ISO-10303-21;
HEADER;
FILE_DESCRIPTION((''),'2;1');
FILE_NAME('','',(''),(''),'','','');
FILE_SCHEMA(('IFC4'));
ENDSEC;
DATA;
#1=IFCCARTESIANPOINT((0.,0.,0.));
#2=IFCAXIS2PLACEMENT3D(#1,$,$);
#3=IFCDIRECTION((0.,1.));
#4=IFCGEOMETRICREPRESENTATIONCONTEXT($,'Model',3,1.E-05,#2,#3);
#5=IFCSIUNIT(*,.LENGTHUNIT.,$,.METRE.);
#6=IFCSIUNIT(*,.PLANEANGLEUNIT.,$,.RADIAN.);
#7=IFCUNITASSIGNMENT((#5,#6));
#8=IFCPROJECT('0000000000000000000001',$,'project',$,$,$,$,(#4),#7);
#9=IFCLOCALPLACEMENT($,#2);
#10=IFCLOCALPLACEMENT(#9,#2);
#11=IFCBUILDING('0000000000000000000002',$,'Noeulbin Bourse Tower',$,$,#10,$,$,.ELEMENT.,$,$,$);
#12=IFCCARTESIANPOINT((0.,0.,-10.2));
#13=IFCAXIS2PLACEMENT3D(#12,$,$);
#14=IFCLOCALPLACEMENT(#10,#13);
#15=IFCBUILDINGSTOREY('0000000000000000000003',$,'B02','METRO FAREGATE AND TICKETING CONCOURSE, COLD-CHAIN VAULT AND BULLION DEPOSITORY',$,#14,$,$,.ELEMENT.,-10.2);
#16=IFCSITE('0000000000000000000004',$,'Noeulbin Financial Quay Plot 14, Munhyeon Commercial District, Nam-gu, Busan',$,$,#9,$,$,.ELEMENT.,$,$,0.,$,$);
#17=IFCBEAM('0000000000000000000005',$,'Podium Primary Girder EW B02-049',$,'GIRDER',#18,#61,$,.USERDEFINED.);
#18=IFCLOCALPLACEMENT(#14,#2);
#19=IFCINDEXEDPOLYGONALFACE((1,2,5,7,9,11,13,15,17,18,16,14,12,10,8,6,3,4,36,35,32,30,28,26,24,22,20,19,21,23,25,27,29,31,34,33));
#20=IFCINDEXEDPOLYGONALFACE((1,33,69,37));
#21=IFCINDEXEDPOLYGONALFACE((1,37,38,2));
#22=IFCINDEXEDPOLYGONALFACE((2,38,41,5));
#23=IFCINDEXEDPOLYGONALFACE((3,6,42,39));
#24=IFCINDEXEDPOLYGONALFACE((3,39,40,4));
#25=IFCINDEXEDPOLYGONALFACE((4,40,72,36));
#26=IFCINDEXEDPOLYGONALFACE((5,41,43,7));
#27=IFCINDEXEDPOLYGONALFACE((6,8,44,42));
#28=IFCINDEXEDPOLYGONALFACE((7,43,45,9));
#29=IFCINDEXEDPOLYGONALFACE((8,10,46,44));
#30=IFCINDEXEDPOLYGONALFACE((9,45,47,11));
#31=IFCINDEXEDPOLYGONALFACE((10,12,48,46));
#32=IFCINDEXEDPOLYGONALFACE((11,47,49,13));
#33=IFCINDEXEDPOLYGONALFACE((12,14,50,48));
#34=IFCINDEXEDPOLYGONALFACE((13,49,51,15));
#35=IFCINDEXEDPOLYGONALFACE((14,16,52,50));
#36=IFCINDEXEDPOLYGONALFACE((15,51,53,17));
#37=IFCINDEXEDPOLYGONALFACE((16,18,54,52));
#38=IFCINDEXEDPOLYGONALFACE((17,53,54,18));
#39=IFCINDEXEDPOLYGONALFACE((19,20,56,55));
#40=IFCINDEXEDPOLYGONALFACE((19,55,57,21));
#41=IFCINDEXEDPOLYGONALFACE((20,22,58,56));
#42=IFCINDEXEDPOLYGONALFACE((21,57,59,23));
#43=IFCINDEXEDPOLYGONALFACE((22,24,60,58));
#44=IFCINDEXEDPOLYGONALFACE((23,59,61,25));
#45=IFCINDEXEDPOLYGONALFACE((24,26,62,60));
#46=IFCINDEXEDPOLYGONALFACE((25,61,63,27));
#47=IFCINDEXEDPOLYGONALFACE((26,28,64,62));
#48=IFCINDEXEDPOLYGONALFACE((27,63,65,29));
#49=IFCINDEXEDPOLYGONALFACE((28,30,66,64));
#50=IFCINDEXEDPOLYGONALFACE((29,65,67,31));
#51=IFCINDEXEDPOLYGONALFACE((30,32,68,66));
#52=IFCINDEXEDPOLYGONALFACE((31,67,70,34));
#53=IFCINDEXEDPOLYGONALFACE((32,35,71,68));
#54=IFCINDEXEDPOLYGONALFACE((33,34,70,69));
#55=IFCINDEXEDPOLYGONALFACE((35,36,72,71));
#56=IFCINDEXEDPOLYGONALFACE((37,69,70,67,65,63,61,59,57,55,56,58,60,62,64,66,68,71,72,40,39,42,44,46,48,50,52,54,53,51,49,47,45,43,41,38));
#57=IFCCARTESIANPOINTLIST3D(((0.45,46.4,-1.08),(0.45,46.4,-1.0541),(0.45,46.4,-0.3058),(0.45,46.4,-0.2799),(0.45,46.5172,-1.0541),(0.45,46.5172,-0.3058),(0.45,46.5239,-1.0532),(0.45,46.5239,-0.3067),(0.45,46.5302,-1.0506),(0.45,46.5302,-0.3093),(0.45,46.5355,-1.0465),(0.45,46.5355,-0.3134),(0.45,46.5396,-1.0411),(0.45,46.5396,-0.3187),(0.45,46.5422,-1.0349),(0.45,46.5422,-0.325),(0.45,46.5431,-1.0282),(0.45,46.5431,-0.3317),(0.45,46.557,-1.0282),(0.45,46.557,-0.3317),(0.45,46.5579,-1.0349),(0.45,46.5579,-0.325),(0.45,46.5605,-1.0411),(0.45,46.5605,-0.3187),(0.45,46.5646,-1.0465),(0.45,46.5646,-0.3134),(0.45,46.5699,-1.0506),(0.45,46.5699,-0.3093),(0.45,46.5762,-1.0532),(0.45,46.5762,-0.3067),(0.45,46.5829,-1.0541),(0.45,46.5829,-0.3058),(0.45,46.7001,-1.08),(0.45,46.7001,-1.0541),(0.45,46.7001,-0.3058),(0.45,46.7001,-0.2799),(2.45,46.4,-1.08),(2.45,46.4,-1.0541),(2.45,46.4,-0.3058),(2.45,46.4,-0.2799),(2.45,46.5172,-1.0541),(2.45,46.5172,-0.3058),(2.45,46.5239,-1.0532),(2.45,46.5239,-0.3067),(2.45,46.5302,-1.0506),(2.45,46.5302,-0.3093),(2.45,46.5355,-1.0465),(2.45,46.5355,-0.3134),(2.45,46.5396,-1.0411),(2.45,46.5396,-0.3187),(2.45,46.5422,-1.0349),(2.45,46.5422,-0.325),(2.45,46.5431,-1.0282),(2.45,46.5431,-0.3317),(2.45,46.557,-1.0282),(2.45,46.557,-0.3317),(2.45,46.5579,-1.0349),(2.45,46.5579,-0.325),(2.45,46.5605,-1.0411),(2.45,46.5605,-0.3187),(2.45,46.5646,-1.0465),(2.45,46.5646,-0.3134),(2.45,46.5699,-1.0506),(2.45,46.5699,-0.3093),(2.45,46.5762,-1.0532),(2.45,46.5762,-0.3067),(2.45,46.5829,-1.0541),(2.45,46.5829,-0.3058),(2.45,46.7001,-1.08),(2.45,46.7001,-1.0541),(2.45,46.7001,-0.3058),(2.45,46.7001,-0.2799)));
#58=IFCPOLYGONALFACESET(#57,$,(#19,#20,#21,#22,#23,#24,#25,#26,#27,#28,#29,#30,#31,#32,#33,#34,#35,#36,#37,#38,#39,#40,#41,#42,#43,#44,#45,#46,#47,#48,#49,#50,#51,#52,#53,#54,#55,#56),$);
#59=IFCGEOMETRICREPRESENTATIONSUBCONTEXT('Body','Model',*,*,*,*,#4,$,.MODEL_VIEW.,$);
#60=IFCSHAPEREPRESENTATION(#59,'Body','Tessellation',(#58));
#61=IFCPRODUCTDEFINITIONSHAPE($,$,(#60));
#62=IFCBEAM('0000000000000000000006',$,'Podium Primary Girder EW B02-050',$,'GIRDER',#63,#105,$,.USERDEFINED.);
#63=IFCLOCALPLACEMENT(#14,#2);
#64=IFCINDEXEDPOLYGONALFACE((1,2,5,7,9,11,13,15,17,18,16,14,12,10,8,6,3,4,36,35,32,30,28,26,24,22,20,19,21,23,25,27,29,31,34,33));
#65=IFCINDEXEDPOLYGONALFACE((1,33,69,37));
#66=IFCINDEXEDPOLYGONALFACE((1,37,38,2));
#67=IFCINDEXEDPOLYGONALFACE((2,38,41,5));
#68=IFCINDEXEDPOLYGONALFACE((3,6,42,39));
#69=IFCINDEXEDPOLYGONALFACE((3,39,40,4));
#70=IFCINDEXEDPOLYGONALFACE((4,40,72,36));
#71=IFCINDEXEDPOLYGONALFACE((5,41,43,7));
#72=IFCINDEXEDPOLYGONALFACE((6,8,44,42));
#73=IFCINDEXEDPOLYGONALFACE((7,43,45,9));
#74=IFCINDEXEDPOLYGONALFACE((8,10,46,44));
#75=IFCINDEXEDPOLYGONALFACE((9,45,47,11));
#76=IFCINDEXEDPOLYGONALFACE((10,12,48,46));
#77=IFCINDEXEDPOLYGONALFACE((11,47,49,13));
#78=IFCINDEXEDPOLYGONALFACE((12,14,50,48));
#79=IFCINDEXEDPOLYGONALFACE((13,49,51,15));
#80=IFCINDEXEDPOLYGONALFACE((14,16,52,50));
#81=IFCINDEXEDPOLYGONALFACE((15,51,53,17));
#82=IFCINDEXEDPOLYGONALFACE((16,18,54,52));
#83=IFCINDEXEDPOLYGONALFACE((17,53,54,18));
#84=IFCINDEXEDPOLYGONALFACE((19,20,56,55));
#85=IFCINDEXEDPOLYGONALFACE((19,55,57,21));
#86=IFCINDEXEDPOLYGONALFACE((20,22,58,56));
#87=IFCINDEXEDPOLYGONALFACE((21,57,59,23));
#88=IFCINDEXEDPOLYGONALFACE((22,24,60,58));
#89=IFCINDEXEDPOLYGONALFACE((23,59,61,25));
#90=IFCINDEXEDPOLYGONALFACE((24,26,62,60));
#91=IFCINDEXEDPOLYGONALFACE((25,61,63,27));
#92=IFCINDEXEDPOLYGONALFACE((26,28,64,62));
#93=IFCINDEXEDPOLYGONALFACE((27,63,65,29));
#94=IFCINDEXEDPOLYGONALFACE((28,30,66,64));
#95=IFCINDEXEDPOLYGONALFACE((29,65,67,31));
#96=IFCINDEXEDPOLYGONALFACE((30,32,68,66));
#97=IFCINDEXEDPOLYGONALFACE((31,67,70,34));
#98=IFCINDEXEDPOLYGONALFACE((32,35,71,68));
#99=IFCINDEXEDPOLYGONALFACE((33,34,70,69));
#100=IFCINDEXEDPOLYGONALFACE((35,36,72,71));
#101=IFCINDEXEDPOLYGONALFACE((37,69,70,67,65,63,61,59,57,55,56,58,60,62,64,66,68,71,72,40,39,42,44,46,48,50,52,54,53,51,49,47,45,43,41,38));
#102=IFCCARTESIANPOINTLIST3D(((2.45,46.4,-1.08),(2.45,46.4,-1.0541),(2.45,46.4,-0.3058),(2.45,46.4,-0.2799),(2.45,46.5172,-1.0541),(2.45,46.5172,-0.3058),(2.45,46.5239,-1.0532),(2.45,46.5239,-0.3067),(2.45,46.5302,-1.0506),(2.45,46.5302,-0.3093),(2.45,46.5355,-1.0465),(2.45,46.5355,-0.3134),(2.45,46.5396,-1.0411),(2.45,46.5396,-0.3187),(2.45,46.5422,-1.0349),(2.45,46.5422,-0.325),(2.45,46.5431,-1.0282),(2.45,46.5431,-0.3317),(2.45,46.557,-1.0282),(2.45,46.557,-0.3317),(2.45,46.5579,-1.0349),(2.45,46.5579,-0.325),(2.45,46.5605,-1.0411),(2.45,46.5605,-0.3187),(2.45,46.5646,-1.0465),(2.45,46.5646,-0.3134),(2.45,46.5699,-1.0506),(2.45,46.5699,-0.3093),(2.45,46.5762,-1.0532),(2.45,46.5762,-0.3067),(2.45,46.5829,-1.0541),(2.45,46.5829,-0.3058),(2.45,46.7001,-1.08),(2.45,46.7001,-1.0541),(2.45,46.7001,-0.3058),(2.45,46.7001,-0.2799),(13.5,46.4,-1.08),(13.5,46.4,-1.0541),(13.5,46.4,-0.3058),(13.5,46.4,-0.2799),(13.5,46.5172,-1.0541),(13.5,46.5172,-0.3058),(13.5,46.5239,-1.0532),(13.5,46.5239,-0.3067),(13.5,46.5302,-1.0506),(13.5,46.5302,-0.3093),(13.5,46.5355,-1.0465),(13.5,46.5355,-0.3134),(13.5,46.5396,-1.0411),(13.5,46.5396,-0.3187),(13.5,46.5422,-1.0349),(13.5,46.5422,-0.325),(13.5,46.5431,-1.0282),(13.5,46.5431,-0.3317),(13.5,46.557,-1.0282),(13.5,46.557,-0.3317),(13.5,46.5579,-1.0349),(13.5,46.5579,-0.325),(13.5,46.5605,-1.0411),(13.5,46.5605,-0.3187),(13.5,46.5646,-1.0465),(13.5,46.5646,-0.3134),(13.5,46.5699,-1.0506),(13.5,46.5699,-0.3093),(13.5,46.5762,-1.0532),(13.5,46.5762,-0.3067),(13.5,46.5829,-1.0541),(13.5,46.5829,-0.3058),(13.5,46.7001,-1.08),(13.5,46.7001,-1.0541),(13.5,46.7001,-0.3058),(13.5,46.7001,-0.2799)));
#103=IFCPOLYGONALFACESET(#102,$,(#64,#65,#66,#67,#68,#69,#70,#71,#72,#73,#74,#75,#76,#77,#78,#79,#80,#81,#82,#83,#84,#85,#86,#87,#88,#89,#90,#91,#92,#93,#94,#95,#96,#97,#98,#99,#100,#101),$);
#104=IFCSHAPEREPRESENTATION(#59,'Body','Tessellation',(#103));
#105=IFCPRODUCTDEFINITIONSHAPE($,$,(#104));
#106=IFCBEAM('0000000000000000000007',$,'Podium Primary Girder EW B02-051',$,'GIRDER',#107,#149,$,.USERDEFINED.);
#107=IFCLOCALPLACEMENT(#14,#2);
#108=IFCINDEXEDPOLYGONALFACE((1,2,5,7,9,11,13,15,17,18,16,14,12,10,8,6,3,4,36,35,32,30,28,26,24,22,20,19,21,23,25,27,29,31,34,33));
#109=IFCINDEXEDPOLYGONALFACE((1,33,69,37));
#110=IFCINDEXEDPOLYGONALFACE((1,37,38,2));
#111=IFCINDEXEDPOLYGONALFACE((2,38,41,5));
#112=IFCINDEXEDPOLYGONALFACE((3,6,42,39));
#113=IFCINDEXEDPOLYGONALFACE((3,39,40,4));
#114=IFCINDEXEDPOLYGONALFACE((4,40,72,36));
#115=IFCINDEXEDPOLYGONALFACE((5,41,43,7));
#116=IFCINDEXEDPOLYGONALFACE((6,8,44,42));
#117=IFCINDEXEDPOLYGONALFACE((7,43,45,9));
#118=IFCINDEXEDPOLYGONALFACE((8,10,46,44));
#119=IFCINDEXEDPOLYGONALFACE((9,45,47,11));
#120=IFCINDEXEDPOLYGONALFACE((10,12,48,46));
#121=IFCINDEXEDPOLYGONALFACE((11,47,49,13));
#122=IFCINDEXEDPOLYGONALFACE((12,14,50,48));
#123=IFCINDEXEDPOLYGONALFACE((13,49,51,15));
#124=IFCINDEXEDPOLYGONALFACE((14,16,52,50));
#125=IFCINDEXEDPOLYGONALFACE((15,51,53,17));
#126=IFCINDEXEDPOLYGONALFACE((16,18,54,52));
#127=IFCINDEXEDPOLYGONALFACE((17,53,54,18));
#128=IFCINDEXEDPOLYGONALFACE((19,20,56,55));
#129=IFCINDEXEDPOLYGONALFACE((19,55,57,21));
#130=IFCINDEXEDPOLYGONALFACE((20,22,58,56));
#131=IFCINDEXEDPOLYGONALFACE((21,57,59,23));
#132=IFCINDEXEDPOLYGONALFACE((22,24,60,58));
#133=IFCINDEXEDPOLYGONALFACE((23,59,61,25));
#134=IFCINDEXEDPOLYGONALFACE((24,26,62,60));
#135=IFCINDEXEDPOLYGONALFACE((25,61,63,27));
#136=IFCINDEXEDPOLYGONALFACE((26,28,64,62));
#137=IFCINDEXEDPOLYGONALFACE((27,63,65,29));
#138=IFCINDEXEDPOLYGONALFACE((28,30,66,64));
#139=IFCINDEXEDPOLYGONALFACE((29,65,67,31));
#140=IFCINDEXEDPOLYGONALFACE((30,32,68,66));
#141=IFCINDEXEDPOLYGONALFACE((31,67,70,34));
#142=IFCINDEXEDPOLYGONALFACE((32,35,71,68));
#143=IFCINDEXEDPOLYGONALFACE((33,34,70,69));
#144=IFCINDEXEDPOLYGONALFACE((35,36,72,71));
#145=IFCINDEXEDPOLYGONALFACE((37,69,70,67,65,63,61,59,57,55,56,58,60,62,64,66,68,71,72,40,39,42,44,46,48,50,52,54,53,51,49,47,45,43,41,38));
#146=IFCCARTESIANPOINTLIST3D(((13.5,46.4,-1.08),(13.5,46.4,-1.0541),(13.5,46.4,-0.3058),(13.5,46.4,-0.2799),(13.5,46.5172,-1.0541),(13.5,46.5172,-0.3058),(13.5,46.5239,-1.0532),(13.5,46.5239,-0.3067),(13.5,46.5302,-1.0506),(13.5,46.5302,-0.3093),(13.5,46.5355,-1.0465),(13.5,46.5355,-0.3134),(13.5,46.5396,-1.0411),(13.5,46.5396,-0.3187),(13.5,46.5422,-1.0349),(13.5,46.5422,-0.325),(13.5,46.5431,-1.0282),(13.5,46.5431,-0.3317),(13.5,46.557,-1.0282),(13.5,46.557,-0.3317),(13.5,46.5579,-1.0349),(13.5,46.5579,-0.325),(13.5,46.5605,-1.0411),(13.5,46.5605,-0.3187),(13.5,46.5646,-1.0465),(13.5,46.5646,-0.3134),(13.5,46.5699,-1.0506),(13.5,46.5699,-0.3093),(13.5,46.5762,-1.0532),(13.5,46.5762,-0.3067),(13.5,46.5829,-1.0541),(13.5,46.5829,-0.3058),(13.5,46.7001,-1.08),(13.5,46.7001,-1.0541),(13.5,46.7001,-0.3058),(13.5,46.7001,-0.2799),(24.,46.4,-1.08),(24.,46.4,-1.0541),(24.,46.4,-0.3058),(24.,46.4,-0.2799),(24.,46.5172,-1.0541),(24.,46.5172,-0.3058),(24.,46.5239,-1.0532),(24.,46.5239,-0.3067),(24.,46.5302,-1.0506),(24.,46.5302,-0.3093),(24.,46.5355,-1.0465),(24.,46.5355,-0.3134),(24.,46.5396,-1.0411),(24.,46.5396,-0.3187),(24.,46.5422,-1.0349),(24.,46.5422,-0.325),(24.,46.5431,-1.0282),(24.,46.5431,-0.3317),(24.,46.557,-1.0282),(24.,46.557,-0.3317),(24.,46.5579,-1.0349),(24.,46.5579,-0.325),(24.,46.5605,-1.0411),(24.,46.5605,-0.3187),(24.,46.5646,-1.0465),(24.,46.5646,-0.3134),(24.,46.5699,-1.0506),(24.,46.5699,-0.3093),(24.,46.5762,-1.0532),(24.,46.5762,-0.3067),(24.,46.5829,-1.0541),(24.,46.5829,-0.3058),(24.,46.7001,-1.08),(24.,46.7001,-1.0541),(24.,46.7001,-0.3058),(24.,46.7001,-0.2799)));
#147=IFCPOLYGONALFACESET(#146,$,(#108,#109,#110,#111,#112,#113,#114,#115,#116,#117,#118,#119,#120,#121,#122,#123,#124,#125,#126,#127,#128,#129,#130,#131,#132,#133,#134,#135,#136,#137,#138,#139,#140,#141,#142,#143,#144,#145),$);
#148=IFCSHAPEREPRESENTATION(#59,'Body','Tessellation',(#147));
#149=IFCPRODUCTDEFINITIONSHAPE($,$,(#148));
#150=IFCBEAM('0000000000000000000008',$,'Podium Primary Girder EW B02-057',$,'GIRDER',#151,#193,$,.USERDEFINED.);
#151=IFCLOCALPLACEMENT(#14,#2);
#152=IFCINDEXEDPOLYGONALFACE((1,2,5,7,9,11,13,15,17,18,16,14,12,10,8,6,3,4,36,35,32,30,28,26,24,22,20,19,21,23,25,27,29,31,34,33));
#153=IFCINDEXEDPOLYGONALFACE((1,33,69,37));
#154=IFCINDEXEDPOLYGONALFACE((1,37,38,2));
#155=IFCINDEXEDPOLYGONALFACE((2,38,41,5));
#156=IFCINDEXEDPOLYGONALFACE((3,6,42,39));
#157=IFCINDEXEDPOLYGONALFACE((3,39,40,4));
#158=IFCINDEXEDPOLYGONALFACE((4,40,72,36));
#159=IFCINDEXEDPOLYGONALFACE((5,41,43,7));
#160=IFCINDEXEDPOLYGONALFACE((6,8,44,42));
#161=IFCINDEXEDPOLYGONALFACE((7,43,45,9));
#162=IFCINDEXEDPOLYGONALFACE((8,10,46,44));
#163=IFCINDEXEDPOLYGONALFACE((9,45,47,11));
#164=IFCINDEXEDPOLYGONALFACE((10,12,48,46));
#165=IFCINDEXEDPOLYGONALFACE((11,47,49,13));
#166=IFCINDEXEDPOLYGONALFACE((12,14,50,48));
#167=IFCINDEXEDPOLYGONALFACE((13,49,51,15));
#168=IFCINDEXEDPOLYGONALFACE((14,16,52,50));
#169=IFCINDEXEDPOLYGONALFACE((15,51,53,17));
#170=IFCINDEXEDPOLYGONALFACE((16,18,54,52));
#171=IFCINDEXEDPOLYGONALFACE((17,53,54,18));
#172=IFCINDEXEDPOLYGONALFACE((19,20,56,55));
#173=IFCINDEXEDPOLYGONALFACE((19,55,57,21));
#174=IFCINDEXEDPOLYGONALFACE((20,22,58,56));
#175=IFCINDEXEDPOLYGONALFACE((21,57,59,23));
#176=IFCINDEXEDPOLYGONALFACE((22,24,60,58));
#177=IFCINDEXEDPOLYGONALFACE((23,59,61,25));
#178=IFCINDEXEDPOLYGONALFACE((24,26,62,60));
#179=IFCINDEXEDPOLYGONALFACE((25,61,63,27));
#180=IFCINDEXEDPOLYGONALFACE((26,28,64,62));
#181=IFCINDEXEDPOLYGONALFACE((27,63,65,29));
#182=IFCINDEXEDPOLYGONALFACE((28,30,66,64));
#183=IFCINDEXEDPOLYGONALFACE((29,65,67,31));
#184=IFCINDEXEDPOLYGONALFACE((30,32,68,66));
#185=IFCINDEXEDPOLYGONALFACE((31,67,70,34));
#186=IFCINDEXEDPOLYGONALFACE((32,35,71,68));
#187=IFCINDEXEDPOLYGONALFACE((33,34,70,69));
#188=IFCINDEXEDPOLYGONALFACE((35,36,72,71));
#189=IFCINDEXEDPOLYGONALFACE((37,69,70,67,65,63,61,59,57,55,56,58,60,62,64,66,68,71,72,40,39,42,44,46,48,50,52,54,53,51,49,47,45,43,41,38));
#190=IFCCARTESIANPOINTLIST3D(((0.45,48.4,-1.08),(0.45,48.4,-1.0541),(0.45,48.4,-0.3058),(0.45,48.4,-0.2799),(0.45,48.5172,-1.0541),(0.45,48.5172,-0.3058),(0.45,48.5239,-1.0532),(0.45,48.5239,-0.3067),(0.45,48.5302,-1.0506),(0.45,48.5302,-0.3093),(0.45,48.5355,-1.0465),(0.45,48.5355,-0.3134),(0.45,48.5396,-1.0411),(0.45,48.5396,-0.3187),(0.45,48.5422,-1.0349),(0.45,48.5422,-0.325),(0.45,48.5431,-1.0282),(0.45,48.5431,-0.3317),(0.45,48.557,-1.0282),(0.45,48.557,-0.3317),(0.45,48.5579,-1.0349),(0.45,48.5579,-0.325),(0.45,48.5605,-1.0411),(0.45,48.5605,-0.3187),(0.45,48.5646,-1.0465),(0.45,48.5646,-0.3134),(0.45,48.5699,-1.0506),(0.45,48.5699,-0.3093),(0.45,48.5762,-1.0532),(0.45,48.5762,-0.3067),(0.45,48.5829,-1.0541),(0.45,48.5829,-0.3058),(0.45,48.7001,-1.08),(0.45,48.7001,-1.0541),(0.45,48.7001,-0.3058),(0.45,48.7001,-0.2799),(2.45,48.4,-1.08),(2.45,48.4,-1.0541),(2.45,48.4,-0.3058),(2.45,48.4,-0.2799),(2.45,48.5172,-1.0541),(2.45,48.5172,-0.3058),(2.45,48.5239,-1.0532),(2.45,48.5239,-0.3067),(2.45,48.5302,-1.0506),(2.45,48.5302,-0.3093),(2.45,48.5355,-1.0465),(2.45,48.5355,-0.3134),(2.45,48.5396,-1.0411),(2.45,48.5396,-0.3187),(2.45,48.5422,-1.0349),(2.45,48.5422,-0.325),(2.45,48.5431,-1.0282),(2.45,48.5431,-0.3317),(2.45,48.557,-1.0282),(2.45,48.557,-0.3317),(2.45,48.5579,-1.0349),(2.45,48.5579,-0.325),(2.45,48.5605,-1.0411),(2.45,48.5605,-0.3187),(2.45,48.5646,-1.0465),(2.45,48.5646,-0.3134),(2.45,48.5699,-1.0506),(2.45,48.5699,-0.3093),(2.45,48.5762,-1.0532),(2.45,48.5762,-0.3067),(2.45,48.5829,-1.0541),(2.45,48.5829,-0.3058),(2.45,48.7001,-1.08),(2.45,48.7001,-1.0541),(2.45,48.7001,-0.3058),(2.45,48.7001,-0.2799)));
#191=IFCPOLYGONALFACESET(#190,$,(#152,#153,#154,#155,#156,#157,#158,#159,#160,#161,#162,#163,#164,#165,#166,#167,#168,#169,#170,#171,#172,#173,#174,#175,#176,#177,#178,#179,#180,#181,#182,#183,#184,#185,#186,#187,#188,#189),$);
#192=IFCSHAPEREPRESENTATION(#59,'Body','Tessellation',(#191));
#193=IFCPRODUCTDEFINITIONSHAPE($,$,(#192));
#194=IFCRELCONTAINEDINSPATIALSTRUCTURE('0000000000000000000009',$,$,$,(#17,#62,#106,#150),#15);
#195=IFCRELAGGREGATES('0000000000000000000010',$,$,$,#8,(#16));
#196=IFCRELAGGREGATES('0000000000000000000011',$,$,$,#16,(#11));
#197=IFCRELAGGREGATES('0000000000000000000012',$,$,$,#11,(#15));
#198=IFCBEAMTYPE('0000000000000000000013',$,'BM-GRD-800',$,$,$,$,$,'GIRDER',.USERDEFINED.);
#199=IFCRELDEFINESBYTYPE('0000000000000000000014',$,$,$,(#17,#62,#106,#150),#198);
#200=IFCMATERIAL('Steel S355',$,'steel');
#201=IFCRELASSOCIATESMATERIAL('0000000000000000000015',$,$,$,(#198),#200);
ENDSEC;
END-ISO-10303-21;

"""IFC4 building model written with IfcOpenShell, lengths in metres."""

from ifc_helpers import new_model, si_unit, direction, frame, origin, origin_2d, place, context, subcontext, project, spatial, i_section, extrude, material, material_profile, profile_set, type_object, element, save


model = new_model("IFC4")

# Units and contexts
model_context = context("Model", 3, precision=1e-05, world=origin(), true_north=direction((0.0, 1.0)))
body_context = subcontext(model_context, "Body", "Model", "MODEL_VIEW")
ifc_project = project(units=[si_unit("LENGTHUNIT", "METRE"), si_unit("PLANEANGLEUNIT", "RADIAN")], contexts=[model_context])

# Site, building, storey
site_placement = place(None, origin())
site = spatial("IfcSite", under=ifc_project, at=site_placement, Name="Noeulbin Financial Quay Plot 14, Munhyeon Commercial District, Nam-gu, Busan", CompositionType="ELEMENT", RefElevation=0.0)
building_placement = place(site_placement, origin())
building = spatial("IfcBuilding", under=site, at=building_placement, Name="Noeulbin Bourse Tower", CompositionType="ELEMENT")
storey_placement = place(building_placement, frame((0.0, 0.0, -10.2)))
storey = spatial("IfcBuildingStorey", under=building, at=storey_placement, Name="B02", Description="METRO FAREGATE AND TICKETING CONCOURSE, COLD-CHAIN VAULT AND BULLION DEPOSITORY", CompositionType="ELEMENT", Elevation=-10.2)

# Beams
ifc_material_1 = material(Name="Steel S355", Category="steel")
ifc_material_profile_1 = material_profile(ifc_material_1, i_section(OverallWidth=0.3, OverallDepth=0.8, WebThickness=0.0139, FlangeThickness=0.0259, FilletRadius=0.0259, at=origin_2d()), Name="H-800x300x14x26", Category="LoadBearing")
ifc_profile_set_1 = profile_set([ifc_material_profile_1], Name="Steel S355")
beam_type_1 = type_object("IfcBeamType", Name="BM-GRD-800", ElementType="GIRDER", PredefinedType="USERDEFINED", material=ifc_profile_set_1)
beam_1_placement = place(storey_placement, frame((0.45, 46.55, -0.6799), z_axis=(1.0, 0.0, 0.0), x_axis=(0.0, 1.0, 0.0)))
element("IfcBeam", 1, at=beam_1_placement, inside=storey, type_object=beam_type_1, Name="Podium Primary Girder EW B02-049", ObjectType="GIRDER", PredefinedType="USERDEFINED", context=body_context, shape_type="SweptSolid", body=[
    extrude(i_section(OverallWidth=0.3, OverallDepth=0.8, WebThickness=0.0139, FlangeThickness=0.0259, FilletRadius=0.0259, at=origin_2d()), origin(), (0.0, 0.0, 1.0), 2.0),
])
beam_2_placement = place(storey_placement, frame((2.45, 46.55, -0.6799), z_axis=(1.0, 0.0, 0.0), x_axis=(0.0, 1.0, 0.0)))
element("IfcBeam", 2, at=beam_2_placement, inside=storey, type_object=beam_type_1, Name="Podium Primary Girder EW B02-050", ObjectType="GIRDER", PredefinedType="USERDEFINED", context=body_context, shape_type="SweptSolid", body=[
    extrude(i_section(OverallWidth=0.3, OverallDepth=0.8, WebThickness=0.0139, FlangeThickness=0.0259, FilletRadius=0.0259, at=origin_2d()), origin(), (0.0, 0.0, 1.0), 11.05),
])
beam_3_placement = place(storey_placement, frame((13.5, 46.55, -0.6799), z_axis=(1.0, 0.0, 0.0), x_axis=(0.0, 1.0, 0.0)))
element("IfcBeam", 3, at=beam_3_placement, inside=storey, type_object=beam_type_1, Name="Podium Primary Girder EW B02-051", ObjectType="GIRDER", PredefinedType="USERDEFINED", context=body_context, shape_type="SweptSolid", body=[
    extrude(i_section(OverallWidth=0.3, OverallDepth=0.8, WebThickness=0.0139, FlangeThickness=0.0259, FilletRadius=0.0259, at=origin_2d()), origin(), (0.0, 0.0, 1.0), 10.5),
])
beam_4_placement = place(storey_placement, frame((0.45, 48.55, -0.6799), z_axis=(1.0, 0.0, 0.0), x_axis=(0.0, 1.0, 0.0)))
element("IfcBeam", 4, at=beam_4_placement, inside=storey, type_object=beam_type_1, Name="Podium Primary Girder EW B02-057", ObjectType="GIRDER", PredefinedType="USERDEFINED", context=body_context, shape_type="SweptSolid", body=[
    extrude(i_section(OverallWidth=0.3, OverallDepth=0.8, WebThickness=0.0139, FlangeThickness=0.0259, FilletRadius=0.0259, at=origin_2d()), origin(), (0.0, 0.0, 1.0), 2.0),
])

save(model, "model.ifc")
